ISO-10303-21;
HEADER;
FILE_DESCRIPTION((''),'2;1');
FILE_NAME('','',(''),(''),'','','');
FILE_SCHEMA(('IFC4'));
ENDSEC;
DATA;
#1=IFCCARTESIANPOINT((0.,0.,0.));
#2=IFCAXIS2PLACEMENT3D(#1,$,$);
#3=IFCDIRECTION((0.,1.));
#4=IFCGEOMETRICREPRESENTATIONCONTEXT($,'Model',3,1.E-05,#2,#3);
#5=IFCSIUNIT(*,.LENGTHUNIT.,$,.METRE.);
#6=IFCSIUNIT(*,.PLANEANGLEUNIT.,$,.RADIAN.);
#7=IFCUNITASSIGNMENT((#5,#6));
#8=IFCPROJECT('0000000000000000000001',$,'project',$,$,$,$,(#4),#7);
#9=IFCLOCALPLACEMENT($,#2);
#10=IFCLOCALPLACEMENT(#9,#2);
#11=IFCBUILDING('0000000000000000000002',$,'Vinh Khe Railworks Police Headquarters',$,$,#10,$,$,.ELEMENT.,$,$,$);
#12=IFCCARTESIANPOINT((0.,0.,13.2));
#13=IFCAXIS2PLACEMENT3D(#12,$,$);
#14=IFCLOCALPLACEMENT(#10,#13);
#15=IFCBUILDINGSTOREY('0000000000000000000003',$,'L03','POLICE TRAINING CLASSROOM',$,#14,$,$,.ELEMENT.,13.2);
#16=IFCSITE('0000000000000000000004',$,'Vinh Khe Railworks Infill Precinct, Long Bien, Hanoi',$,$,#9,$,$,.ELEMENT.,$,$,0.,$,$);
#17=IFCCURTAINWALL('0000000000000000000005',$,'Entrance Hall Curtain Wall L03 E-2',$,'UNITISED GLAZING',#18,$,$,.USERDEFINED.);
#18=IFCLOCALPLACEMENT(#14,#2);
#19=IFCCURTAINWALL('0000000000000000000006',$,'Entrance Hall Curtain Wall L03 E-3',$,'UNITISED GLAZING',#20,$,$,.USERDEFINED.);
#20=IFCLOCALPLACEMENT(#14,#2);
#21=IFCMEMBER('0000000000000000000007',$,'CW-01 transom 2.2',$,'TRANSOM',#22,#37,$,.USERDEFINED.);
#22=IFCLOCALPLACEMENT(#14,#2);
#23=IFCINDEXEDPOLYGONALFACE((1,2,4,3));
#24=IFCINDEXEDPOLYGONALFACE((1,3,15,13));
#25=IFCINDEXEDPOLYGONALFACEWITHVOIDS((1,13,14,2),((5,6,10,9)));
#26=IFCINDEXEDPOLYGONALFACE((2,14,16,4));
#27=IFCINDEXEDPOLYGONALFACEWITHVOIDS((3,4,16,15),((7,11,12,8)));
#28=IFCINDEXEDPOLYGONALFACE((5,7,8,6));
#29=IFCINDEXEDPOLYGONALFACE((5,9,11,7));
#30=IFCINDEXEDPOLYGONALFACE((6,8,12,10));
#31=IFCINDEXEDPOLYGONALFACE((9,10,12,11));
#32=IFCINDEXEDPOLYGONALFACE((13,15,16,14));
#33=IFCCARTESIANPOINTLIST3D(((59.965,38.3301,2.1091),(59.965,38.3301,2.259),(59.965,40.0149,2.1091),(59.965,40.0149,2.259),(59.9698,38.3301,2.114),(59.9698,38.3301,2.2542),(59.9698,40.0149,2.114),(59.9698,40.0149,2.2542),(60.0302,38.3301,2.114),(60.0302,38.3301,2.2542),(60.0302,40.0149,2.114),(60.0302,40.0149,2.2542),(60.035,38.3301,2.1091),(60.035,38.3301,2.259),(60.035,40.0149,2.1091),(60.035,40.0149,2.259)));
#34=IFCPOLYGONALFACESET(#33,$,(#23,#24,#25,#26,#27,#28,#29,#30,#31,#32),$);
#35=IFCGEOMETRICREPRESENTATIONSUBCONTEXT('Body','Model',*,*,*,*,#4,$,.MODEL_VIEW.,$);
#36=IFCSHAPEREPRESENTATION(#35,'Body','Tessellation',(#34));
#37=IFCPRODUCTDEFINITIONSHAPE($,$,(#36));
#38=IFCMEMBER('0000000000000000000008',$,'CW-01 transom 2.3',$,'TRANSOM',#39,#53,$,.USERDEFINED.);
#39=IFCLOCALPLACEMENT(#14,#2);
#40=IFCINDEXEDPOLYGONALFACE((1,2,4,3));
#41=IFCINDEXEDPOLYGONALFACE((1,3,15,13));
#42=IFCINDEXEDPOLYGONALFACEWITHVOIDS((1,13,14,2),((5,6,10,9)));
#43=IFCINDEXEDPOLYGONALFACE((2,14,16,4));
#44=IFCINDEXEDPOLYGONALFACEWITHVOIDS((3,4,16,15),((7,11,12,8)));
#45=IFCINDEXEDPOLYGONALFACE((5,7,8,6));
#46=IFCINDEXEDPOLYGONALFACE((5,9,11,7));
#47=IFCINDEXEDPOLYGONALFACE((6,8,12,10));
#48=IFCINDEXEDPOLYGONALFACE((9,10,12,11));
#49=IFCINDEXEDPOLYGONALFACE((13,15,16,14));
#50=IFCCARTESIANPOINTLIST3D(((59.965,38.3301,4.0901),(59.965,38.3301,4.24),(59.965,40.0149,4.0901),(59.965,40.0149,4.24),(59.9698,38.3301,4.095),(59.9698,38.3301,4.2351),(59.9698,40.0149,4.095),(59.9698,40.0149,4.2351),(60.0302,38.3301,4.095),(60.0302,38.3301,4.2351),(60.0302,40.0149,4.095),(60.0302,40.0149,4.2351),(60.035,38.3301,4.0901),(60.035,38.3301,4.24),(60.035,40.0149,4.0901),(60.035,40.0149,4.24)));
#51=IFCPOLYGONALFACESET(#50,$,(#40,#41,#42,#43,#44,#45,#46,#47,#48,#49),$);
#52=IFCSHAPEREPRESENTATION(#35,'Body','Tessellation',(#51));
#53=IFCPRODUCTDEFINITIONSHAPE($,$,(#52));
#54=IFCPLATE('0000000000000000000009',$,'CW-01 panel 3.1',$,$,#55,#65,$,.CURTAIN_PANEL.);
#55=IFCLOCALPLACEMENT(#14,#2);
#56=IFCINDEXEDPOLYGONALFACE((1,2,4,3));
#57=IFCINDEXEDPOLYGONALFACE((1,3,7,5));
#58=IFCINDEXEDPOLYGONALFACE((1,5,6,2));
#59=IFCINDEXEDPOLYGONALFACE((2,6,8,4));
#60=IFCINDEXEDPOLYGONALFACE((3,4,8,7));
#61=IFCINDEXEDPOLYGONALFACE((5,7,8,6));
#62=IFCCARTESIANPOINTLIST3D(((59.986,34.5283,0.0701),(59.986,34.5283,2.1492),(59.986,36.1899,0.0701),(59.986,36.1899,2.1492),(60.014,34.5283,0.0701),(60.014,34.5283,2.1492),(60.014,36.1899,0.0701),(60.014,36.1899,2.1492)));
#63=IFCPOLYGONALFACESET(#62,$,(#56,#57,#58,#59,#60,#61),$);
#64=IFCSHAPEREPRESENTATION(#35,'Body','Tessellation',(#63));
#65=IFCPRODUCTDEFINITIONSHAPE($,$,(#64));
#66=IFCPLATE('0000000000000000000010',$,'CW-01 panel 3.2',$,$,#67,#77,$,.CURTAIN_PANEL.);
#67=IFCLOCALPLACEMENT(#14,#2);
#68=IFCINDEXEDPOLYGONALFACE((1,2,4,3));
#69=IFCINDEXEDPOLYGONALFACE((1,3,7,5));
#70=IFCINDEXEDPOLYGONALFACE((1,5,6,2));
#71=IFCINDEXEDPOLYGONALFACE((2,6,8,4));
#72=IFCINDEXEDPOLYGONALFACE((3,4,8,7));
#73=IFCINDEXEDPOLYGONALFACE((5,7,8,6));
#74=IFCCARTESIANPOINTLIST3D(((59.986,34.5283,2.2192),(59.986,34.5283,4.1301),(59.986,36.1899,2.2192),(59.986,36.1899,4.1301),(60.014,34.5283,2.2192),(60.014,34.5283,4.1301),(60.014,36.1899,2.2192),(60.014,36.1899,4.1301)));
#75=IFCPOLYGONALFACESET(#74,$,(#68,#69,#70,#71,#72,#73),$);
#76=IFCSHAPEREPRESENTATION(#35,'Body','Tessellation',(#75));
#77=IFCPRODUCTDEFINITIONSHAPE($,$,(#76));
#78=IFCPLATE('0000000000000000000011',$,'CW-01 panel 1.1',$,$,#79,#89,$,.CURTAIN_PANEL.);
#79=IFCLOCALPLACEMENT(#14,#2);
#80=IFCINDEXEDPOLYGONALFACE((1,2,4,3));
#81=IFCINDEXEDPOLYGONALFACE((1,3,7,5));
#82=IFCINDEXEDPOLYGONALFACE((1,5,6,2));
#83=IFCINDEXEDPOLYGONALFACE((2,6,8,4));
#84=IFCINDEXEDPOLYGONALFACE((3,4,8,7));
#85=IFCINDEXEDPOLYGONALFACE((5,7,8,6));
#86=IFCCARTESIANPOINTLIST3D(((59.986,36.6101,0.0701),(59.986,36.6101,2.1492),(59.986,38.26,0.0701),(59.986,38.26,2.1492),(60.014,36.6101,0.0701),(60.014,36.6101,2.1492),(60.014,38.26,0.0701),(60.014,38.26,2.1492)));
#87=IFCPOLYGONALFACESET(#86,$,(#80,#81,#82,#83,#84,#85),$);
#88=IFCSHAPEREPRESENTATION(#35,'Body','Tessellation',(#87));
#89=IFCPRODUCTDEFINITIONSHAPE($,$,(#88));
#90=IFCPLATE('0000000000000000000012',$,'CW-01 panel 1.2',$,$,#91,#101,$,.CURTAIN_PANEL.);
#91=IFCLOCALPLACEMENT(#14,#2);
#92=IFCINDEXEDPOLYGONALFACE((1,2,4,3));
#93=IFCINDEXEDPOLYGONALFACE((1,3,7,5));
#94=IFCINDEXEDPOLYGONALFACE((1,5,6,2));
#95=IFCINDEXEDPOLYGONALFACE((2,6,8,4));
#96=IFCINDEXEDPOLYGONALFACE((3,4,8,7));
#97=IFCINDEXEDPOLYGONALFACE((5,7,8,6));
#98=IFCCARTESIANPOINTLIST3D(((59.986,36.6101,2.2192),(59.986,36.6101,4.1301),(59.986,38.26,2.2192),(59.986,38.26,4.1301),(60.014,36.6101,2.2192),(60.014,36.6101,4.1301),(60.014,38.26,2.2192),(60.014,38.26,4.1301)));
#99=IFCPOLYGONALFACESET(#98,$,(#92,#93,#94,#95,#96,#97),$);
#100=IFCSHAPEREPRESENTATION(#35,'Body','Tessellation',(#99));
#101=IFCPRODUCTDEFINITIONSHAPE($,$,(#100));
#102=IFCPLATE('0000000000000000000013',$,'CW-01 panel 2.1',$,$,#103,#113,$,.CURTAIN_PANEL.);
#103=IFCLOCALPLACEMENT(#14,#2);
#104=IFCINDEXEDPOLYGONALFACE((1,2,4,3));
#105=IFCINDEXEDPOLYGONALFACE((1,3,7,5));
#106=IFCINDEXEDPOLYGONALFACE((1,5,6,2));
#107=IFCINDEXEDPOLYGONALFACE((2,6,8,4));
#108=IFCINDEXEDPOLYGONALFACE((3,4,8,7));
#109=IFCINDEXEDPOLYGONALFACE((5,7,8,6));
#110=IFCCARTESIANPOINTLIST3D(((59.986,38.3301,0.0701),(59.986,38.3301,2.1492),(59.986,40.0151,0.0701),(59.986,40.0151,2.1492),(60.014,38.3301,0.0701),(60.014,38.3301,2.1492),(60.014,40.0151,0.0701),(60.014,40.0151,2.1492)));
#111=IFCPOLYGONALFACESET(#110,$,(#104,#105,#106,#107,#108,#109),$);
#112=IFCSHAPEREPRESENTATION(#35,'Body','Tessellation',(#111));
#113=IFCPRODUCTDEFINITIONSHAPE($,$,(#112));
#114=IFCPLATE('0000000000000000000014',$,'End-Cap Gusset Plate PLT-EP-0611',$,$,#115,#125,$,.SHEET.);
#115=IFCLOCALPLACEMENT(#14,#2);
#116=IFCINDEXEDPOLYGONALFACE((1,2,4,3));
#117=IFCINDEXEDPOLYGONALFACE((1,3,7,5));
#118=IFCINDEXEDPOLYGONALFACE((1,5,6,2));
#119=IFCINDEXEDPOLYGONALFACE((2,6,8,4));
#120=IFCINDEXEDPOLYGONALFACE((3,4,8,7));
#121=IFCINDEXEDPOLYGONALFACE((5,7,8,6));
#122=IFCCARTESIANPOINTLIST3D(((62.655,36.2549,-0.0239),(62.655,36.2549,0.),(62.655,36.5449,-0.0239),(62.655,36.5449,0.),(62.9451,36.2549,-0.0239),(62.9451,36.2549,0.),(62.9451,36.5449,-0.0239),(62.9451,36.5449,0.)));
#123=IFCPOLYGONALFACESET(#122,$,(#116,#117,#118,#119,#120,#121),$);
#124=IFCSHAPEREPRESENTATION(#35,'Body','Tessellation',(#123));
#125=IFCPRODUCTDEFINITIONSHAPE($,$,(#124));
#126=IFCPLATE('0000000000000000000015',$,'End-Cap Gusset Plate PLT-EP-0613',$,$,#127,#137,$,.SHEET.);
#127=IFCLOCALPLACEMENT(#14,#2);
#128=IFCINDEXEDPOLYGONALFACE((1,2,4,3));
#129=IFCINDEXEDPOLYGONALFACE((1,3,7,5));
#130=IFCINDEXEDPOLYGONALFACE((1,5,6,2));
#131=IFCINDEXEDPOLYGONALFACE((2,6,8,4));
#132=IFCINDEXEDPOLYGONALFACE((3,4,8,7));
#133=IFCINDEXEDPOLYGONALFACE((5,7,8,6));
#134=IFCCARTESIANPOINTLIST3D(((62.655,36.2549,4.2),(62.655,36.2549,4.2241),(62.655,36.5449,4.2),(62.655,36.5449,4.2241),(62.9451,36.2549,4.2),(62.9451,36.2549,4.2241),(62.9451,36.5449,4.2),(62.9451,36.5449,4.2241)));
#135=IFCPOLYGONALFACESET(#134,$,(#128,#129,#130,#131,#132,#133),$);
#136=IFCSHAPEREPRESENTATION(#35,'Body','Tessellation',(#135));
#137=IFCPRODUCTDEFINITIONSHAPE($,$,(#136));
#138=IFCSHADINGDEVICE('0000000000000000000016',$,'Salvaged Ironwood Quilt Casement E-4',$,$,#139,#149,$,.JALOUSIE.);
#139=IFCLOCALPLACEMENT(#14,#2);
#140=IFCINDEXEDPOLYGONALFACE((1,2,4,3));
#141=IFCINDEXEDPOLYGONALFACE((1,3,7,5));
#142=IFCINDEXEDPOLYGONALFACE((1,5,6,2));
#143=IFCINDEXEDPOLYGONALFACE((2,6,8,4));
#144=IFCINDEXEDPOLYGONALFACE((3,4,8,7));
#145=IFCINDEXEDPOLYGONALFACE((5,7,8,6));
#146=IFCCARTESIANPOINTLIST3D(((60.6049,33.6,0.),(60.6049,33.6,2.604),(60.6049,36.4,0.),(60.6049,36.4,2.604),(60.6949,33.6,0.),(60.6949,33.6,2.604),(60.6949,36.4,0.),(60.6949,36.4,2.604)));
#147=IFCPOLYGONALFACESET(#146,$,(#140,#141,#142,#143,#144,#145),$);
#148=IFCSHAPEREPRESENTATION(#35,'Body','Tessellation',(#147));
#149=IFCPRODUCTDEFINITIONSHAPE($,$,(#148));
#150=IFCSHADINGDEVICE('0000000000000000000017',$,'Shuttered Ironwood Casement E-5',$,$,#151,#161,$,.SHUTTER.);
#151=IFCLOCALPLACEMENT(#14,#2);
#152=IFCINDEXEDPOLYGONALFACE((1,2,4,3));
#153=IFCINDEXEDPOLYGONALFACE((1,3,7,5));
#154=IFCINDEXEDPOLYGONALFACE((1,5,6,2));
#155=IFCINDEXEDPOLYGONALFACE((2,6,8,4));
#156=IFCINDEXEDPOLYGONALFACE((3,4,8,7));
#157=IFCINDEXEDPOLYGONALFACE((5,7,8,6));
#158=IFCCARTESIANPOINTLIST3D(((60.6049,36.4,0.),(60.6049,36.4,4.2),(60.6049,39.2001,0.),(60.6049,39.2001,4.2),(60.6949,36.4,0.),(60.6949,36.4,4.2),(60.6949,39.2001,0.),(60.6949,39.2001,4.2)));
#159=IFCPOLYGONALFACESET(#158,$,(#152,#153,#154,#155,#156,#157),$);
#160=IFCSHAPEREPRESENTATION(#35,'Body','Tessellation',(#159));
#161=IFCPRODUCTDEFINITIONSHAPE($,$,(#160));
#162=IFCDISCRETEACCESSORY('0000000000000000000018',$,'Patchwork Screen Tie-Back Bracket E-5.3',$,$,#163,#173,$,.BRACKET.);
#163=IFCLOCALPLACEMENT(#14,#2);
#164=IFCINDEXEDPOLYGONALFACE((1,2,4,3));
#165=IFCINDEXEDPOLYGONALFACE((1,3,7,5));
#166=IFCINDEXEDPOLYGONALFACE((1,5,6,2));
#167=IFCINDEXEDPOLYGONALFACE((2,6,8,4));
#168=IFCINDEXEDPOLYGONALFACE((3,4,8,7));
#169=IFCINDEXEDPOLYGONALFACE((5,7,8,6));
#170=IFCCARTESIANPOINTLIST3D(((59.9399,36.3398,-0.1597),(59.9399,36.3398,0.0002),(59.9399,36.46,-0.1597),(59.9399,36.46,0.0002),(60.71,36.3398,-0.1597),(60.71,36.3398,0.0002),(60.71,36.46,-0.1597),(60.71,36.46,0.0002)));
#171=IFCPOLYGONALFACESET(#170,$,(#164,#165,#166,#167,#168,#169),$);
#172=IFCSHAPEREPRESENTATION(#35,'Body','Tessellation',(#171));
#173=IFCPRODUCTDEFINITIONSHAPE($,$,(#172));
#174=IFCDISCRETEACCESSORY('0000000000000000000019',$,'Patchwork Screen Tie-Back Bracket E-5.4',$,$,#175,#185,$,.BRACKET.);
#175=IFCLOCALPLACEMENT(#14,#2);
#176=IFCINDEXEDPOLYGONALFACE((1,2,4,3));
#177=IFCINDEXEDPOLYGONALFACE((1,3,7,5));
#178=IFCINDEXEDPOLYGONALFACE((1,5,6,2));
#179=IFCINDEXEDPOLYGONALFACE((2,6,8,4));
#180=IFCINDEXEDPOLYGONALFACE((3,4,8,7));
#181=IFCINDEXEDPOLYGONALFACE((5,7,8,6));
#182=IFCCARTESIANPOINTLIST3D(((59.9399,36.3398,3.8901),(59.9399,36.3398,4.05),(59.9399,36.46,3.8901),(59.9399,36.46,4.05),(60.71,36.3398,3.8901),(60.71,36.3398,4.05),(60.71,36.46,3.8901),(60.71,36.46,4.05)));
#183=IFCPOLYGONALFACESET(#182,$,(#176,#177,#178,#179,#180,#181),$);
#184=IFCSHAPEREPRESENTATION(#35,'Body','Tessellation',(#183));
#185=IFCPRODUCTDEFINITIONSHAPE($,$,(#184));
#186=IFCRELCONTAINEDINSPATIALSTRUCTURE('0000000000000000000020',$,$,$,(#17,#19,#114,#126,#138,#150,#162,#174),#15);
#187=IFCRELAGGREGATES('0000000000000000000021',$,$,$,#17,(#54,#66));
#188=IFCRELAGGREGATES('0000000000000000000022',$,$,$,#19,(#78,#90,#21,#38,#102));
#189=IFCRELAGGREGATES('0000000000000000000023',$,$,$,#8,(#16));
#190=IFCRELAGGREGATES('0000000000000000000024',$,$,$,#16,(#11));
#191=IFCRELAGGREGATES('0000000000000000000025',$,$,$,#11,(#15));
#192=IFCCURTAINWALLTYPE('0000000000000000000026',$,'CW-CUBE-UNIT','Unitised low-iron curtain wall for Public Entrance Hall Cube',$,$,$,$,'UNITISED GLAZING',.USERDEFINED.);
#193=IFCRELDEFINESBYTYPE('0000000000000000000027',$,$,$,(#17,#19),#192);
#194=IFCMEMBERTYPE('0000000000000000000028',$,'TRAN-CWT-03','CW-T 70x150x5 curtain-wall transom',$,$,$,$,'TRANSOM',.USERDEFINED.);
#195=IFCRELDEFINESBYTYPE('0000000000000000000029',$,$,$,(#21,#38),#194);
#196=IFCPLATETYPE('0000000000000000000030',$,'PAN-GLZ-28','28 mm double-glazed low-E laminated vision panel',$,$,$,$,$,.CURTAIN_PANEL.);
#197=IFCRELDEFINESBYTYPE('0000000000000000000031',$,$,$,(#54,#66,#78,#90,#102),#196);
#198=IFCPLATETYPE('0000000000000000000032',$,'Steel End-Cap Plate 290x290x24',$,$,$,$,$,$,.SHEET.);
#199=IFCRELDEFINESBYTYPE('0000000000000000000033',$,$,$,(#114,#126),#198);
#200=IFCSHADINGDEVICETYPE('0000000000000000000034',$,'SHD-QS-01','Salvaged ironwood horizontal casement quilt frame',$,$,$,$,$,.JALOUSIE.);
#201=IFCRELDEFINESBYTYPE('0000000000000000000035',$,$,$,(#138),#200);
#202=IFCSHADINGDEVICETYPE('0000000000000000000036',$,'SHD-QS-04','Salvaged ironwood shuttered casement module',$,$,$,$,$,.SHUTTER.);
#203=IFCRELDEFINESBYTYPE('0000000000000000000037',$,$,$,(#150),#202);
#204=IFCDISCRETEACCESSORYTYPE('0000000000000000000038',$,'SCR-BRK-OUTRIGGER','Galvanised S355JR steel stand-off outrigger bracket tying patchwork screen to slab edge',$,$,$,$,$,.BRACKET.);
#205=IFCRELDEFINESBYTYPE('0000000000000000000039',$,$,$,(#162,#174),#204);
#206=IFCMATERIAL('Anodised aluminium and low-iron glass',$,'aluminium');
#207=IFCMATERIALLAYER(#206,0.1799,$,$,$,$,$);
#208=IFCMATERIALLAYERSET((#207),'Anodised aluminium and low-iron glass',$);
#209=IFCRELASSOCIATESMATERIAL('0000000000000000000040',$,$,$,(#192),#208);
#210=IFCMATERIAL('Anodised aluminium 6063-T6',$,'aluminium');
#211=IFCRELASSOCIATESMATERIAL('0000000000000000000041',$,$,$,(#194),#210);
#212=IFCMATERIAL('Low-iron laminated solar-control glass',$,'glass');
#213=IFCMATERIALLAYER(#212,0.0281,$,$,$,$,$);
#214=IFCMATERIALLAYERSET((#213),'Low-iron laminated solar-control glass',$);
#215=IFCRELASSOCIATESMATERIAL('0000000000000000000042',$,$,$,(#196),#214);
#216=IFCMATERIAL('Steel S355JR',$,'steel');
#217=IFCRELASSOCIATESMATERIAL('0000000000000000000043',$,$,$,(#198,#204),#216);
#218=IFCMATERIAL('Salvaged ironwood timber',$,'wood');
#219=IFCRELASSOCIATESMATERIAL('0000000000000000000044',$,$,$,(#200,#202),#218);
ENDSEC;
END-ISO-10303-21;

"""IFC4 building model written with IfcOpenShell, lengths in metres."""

from ifc_helpers import new_model, si_unit, direction, frame, origin, origin_2d, place, context, subcontext, project, spatial, rectangle, hollow_rectangle, extrude, material, layer, layer_set, material_profile, profile_set, type_object, element, aggregate, save


model = new_model("IFC4")

# Units and contexts
model_context = context("Model", 3, precision=1e-05, world=origin(), true_north=direction((0.0, 1.0)))
body_context = subcontext(model_context, "Body", "Model", "MODEL_VIEW")
ifc_project = project(units=[si_unit("LENGTHUNIT", "METRE"), si_unit("PLANEANGLEUNIT", "RADIAN")], contexts=[model_context])

# Site, building, storey
site_placement = place(None, origin())
site = spatial("IfcSite", under=ifc_project, at=site_placement, Name="Vinh Khe Railworks Infill Precinct, Long Bien, Hanoi", CompositionType="ELEMENT", RefElevation=0.0)
building_placement = place(site_placement, origin())
building = spatial("IfcBuilding", under=site, at=building_placement, Name="Vinh Khe Railworks Police Headquarters", CompositionType="ELEMENT")
storey_placement = place(building_placement, frame((0.0, 0.0, 13.2)))
storey = spatial("IfcBuildingStorey", under=building, at=storey_placement, Name="L03", Description="POLICE TRAINING CLASSROOM", CompositionType="ELEMENT", Elevation=13.2)

# Shared definitions
ifc_material_1 = material(Name="Steel S355JR", Category="steel")

# Shared definitions
ifc_material_2 = material(Name="Salvaged ironwood timber", Category="wood")

# Curtain wall
ifc_material_3 = material(Name="Anodised aluminium and low-iron glass", Category="aluminium")
ifc_layer_1 = layer(ifc_material_3, 0.1799)
ifc_layer_set_1 = layer_set([ifc_layer_1], Name="Anodised aluminium and low-iron glass")
curtain_wall_type = type_object("IfcCurtainWallType", Name="CW-CUBE-UNIT", Description="Unitised low-iron curtain wall for Public Entrance Hall Cube", ElementType="UNITISED GLAZING", PredefinedType="USERDEFINED", material=ifc_layer_set_1)
curtain_wall_1_placement = place(storey_placement, origin())
curtain_wall_1 = element("IfcCurtainWall", 1, at=curtain_wall_1_placement, inside=storey, type_object=curtain_wall_type, Name="Entrance Hall Curtain Wall L03 E-2", ObjectType="UNITISED GLAZING", PredefinedType="USERDEFINED")
ifc_material_4 = material(Name="Anodised aluminium 6063-T6", Category="aluminium")

# Curtain wall
curtain_wall_2_placement = place(storey_placement, origin())
curtain_wall_2 = element("IfcCurtainWall", 2, at=curtain_wall_2_placement, inside=storey, type_object=curtain_wall_type, Name="Entrance Hall Curtain Wall L03 E-3", ObjectType="UNITISED GLAZING", PredefinedType="USERDEFINED")

# Members
ifc_material_profile_1 = material_profile(ifc_material_4, hollow_rectangle(XDim=0.0701, YDim=0.1499, WallThickness=0.0049, at=origin_2d()), Name="CW-T 70x150x5")
ifc_profile_set_1 = profile_set([ifc_material_profile_1], Name="Anodised aluminium 6063-T6")
member_type_1 = type_object("IfcMemberType", Name="TRAN-CWT-03", Description="CW-T 70x150x5 curtain-wall transom", ElementType="TRANSOM", PredefinedType="USERDEFINED", material=ifc_profile_set_1)
member_1_placement = place(storey_placement, frame((60.0, 38.3301, 2.1841), z_axis=(0.0, 1.0, 0.0), x_axis=(-1.0, 0.0, 0.0)))
member_1 = element("IfcMember", 3, at=member_1_placement, type_object=member_type_1, Name="CW-01 transom 2.2", ObjectType="TRANSOM", PredefinedType="USERDEFINED", context=body_context, shape_type="SweptSolid", body=[
    extrude(hollow_rectangle(XDim=0.0701, YDim=0.1499, WallThickness=0.0049, at=origin_2d()), origin(), (0.0, 0.0, 1.0), 1.6848),
])
member_2_placement = place(storey_placement, frame((60.0, 38.3301, 4.165), z_axis=(0.0, 1.0, 0.0), x_axis=(-1.0, 0.0, 0.0)))
member_2 = element("IfcMember", 4, at=member_2_placement, type_object=member_type_1, Name="CW-01 transom 2.3", ObjectType="TRANSOM", PredefinedType="USERDEFINED", context=body_context, shape_type="SweptSolid", body=[
    extrude(hollow_rectangle(XDim=0.0701, YDim=0.1499, WallThickness=0.0049, at=origin_2d()), origin(), (0.0, 0.0, 1.0), 1.6848),
])

# Plates
ifc_material_5 = material(Name="Low-iron laminated solar-control glass", Category="glass")
ifc_layer_2 = layer(ifc_material_5, 0.0281)
ifc_layer_set_2 = layer_set([ifc_layer_2], Name="Low-iron laminated solar-control glass")
plate_type_1 = type_object("IfcPlateType", Name="PAN-GLZ-28", Description="28 mm double-glazed low-E laminated vision panel", PredefinedType="CURTAIN_PANEL", material=ifc_layer_set_2)
plate_1_placement = place(storey_placement, frame((60.0, 35.3591, 0.0701), z_axis=(0.0, 0.0, 1.0), x_axis=(0.0, 1.0, 0.0)))
plate_1 = element("IfcPlate", 5, at=plate_1_placement, type_object=plate_type_1, Name="CW-01 panel 3.1", PredefinedType="CURTAIN_PANEL", context=body_context, shape_type="SweptSolid", body=[
    extrude(rectangle(XDim=1.6616, YDim=0.0281, at=origin_2d()), origin(), (0.0, 0.0, 1.0), 2.0791),
])
plate_2_placement = place(storey_placement, frame((60.0, 35.3591, 2.2192), z_axis=(0.0, 0.0, 1.0), x_axis=(0.0, 1.0, 0.0)))
plate_2 = element("IfcPlate", 6, at=plate_2_placement, type_object=plate_type_1, Name="CW-01 panel 3.2", PredefinedType="CURTAIN_PANEL", context=body_context, shape_type="SweptSolid", body=[
    extrude(rectangle(XDim=1.6616, YDim=0.0281, at=origin_2d()), origin(), (0.0, 0.0, 1.0), 1.9109),
])
aggregate(curtain_wall_1, [plate_1, plate_2])
plate_3_placement = place(storey_placement, frame((60.0, 37.4351, 0.0701), z_axis=(0.0, 0.0, 1.0), x_axis=(0.0, 1.0, 0.0)))
plate_3 = element("IfcPlate", 7, at=plate_3_placement, type_object=plate_type_1, Name="CW-01 panel 1.1", PredefinedType="CURTAIN_PANEL", context=body_context, shape_type="SweptSolid", body=[
    extrude(rectangle(XDim=1.6499, YDim=0.0281, at=origin_2d()), origin(), (0.0, 0.0, 1.0), 2.0791),
])
plate_4_placement = place(storey_placement, frame((60.0, 37.4351, 2.2192), z_axis=(0.0, 0.0, 1.0), x_axis=(0.0, 1.0, 0.0)))
plate_4 = element("IfcPlate", 8, at=plate_4_placement, type_object=plate_type_1, Name="CW-01 panel 1.2", PredefinedType="CURTAIN_PANEL", context=body_context, shape_type="SweptSolid", body=[
    extrude(rectangle(XDim=1.6499, YDim=0.0281, at=origin_2d()), origin(), (0.0, 0.0, 1.0), 1.9109),
])
plate_5_placement = place(storey_placement, frame((60.0, 39.1726, 0.0701), z_axis=(0.0, 0.0, 1.0), x_axis=(0.0, 1.0, 0.0)))
plate_5 = element("IfcPlate", 9, at=plate_5_placement, type_object=plate_type_1, Name="CW-01 panel 2.1", PredefinedType="CURTAIN_PANEL", context=body_context, shape_type="SweptSolid", body=[
    extrude(rectangle(XDim=1.6851, YDim=0.0281, at=origin_2d()), origin(), (0.0, 0.0, 1.0), 2.0791),
])
aggregate(curtain_wall_2, [plate_3, plate_4, member_1, member_2, plate_5])

# Plates
ifc_material_profile_2 = material_profile(ifc_material_1, rectangle(XDim=0.29, YDim=0.29, at=origin_2d()), Name="PL 290x290")
ifc_profile_set_2 = profile_set([ifc_material_profile_2], Name="Steel S355JR")
plate_type_2 = type_object("IfcPlateType", Name="Steel End-Cap Plate 290x290x24", PredefinedType="SHEET", material=ifc_profile_set_2)
plate_6_placement = place(storey_placement, frame((62.8, 36.3999, 0.0), z_axis=(0.0, 0.0, -1.0), x_axis=(1.0, 0.0, 0.0)))
element("IfcPlate", 10, at=plate_6_placement, inside=storey, type_object=plate_type_2, Name="End-Cap Gusset Plate PLT-EP-0611", PredefinedType="SHEET", context=body_context, shape_type="SweptSolid", body=[
    extrude(rectangle(XDim=0.29, YDim=0.29, at=origin_2d()), origin(), (0.0, 0.0, 1.0), 0.0239),
])
plate_7_placement = place(storey_placement, frame((62.8, 36.3999, 4.2), z_axis=(0.0, 0.0, 1.0), x_axis=(1.0, 0.0, 0.0)))
element("IfcPlate", 11, at=plate_7_placement, inside=storey, type_object=plate_type_2, Name="End-Cap Gusset Plate PLT-EP-0613", PredefinedType="SHEET", context=body_context, shape_type="SweptSolid", body=[
    extrude(rectangle(XDim=0.29, YDim=0.29, at=origin_2d()), origin(), (0.0, 0.0, 1.0), 0.0242),
])

# Shading devices
shading_device_type_1 = type_object("IfcShadingDeviceType", Name="SHD-QS-01", Description="Salvaged ironwood horizontal casement quilt frame", PredefinedType="JALOUSIE", material=ifc_material_2)
shading_device_1_placement = place(storey_placement, frame((60.6499, 35.0, 0.0), z_axis=(0.0, 0.0, 1.0), x_axis=(0.0, 1.0, 0.0)))
element("IfcShadingDevice", 12, at=shading_device_1_placement, inside=storey, type_object=shading_device_type_1, Name="Salvaged Ironwood Quilt Casement E-4", PredefinedType="JALOUSIE", context=body_context, shape_type="SweptSolid", body=[
    extrude(rectangle(XDim=2.8, YDim=0.0901, at=origin_2d()), origin(), (0.0, 0.0, 1.0), 2.604),
])
shading_device_type_2 = type_object("IfcShadingDeviceType", Name="SHD-QS-04", Description="Salvaged ironwood shuttered casement module", PredefinedType="SHUTTER", material=ifc_material_2)
shading_device_2_placement = place(storey_placement, frame((60.6499, 37.8, 0.0), z_axis=(0.0, 0.0, 1.0), x_axis=(0.0, 1.0, 0.0)))
element("IfcShadingDevice", 13, at=shading_device_2_placement, inside=storey, type_object=shading_device_type_2, Name="Shuttered Ironwood Casement E-5", PredefinedType="SHUTTER", context=body_context, shape_type="SweptSolid", body=[
    extrude(rectangle(XDim=2.8, YDim=0.0901, at=origin_2d()), origin(), (0.0, 0.0, 1.0), 4.2),
])

# Discrete accessories
discrete_accessory_type_1 = type_object("IfcDiscreteAccessoryType", Name="SCR-BRK-OUTRIGGER", Description="Galvanised S355JR steel stand-off outrigger bracket tying patchwork screen to slab edge", PredefinedType="BRACKET", material=ifc_material_1)
for number, where, z_axis, x_axis, name in (
    (14, (60.325, 36.3999, -0.1597), (0.0, 0.0, 1.0), (1.0, 0.0, 0.0), "Patchwork Screen Tie-Back Bracket E-5.3"),
    (15, (60.325, 36.3999, 3.8901), (0.0, 0.0, 1.0), (1.0, 0.0, 0.0), "Patchwork Screen Tie-Back Bracket E-5.4"),
):
    element("IfcDiscreteAccessory", number, at=place(storey_placement, frame(where, z_axis=z_axis, x_axis=x_axis)), inside=storey, type_object=discrete_accessory_type_1, Name=name, PredefinedType="BRACKET", context=body_context, shape_type="SweptSolid", body=[
        extrude(rectangle(XDim=0.77, YDim=0.1201, at=origin_2d()), origin(), (0.0, 0.0, 1.0), 0.1599),
    ])

save(model, "model.ifc")
